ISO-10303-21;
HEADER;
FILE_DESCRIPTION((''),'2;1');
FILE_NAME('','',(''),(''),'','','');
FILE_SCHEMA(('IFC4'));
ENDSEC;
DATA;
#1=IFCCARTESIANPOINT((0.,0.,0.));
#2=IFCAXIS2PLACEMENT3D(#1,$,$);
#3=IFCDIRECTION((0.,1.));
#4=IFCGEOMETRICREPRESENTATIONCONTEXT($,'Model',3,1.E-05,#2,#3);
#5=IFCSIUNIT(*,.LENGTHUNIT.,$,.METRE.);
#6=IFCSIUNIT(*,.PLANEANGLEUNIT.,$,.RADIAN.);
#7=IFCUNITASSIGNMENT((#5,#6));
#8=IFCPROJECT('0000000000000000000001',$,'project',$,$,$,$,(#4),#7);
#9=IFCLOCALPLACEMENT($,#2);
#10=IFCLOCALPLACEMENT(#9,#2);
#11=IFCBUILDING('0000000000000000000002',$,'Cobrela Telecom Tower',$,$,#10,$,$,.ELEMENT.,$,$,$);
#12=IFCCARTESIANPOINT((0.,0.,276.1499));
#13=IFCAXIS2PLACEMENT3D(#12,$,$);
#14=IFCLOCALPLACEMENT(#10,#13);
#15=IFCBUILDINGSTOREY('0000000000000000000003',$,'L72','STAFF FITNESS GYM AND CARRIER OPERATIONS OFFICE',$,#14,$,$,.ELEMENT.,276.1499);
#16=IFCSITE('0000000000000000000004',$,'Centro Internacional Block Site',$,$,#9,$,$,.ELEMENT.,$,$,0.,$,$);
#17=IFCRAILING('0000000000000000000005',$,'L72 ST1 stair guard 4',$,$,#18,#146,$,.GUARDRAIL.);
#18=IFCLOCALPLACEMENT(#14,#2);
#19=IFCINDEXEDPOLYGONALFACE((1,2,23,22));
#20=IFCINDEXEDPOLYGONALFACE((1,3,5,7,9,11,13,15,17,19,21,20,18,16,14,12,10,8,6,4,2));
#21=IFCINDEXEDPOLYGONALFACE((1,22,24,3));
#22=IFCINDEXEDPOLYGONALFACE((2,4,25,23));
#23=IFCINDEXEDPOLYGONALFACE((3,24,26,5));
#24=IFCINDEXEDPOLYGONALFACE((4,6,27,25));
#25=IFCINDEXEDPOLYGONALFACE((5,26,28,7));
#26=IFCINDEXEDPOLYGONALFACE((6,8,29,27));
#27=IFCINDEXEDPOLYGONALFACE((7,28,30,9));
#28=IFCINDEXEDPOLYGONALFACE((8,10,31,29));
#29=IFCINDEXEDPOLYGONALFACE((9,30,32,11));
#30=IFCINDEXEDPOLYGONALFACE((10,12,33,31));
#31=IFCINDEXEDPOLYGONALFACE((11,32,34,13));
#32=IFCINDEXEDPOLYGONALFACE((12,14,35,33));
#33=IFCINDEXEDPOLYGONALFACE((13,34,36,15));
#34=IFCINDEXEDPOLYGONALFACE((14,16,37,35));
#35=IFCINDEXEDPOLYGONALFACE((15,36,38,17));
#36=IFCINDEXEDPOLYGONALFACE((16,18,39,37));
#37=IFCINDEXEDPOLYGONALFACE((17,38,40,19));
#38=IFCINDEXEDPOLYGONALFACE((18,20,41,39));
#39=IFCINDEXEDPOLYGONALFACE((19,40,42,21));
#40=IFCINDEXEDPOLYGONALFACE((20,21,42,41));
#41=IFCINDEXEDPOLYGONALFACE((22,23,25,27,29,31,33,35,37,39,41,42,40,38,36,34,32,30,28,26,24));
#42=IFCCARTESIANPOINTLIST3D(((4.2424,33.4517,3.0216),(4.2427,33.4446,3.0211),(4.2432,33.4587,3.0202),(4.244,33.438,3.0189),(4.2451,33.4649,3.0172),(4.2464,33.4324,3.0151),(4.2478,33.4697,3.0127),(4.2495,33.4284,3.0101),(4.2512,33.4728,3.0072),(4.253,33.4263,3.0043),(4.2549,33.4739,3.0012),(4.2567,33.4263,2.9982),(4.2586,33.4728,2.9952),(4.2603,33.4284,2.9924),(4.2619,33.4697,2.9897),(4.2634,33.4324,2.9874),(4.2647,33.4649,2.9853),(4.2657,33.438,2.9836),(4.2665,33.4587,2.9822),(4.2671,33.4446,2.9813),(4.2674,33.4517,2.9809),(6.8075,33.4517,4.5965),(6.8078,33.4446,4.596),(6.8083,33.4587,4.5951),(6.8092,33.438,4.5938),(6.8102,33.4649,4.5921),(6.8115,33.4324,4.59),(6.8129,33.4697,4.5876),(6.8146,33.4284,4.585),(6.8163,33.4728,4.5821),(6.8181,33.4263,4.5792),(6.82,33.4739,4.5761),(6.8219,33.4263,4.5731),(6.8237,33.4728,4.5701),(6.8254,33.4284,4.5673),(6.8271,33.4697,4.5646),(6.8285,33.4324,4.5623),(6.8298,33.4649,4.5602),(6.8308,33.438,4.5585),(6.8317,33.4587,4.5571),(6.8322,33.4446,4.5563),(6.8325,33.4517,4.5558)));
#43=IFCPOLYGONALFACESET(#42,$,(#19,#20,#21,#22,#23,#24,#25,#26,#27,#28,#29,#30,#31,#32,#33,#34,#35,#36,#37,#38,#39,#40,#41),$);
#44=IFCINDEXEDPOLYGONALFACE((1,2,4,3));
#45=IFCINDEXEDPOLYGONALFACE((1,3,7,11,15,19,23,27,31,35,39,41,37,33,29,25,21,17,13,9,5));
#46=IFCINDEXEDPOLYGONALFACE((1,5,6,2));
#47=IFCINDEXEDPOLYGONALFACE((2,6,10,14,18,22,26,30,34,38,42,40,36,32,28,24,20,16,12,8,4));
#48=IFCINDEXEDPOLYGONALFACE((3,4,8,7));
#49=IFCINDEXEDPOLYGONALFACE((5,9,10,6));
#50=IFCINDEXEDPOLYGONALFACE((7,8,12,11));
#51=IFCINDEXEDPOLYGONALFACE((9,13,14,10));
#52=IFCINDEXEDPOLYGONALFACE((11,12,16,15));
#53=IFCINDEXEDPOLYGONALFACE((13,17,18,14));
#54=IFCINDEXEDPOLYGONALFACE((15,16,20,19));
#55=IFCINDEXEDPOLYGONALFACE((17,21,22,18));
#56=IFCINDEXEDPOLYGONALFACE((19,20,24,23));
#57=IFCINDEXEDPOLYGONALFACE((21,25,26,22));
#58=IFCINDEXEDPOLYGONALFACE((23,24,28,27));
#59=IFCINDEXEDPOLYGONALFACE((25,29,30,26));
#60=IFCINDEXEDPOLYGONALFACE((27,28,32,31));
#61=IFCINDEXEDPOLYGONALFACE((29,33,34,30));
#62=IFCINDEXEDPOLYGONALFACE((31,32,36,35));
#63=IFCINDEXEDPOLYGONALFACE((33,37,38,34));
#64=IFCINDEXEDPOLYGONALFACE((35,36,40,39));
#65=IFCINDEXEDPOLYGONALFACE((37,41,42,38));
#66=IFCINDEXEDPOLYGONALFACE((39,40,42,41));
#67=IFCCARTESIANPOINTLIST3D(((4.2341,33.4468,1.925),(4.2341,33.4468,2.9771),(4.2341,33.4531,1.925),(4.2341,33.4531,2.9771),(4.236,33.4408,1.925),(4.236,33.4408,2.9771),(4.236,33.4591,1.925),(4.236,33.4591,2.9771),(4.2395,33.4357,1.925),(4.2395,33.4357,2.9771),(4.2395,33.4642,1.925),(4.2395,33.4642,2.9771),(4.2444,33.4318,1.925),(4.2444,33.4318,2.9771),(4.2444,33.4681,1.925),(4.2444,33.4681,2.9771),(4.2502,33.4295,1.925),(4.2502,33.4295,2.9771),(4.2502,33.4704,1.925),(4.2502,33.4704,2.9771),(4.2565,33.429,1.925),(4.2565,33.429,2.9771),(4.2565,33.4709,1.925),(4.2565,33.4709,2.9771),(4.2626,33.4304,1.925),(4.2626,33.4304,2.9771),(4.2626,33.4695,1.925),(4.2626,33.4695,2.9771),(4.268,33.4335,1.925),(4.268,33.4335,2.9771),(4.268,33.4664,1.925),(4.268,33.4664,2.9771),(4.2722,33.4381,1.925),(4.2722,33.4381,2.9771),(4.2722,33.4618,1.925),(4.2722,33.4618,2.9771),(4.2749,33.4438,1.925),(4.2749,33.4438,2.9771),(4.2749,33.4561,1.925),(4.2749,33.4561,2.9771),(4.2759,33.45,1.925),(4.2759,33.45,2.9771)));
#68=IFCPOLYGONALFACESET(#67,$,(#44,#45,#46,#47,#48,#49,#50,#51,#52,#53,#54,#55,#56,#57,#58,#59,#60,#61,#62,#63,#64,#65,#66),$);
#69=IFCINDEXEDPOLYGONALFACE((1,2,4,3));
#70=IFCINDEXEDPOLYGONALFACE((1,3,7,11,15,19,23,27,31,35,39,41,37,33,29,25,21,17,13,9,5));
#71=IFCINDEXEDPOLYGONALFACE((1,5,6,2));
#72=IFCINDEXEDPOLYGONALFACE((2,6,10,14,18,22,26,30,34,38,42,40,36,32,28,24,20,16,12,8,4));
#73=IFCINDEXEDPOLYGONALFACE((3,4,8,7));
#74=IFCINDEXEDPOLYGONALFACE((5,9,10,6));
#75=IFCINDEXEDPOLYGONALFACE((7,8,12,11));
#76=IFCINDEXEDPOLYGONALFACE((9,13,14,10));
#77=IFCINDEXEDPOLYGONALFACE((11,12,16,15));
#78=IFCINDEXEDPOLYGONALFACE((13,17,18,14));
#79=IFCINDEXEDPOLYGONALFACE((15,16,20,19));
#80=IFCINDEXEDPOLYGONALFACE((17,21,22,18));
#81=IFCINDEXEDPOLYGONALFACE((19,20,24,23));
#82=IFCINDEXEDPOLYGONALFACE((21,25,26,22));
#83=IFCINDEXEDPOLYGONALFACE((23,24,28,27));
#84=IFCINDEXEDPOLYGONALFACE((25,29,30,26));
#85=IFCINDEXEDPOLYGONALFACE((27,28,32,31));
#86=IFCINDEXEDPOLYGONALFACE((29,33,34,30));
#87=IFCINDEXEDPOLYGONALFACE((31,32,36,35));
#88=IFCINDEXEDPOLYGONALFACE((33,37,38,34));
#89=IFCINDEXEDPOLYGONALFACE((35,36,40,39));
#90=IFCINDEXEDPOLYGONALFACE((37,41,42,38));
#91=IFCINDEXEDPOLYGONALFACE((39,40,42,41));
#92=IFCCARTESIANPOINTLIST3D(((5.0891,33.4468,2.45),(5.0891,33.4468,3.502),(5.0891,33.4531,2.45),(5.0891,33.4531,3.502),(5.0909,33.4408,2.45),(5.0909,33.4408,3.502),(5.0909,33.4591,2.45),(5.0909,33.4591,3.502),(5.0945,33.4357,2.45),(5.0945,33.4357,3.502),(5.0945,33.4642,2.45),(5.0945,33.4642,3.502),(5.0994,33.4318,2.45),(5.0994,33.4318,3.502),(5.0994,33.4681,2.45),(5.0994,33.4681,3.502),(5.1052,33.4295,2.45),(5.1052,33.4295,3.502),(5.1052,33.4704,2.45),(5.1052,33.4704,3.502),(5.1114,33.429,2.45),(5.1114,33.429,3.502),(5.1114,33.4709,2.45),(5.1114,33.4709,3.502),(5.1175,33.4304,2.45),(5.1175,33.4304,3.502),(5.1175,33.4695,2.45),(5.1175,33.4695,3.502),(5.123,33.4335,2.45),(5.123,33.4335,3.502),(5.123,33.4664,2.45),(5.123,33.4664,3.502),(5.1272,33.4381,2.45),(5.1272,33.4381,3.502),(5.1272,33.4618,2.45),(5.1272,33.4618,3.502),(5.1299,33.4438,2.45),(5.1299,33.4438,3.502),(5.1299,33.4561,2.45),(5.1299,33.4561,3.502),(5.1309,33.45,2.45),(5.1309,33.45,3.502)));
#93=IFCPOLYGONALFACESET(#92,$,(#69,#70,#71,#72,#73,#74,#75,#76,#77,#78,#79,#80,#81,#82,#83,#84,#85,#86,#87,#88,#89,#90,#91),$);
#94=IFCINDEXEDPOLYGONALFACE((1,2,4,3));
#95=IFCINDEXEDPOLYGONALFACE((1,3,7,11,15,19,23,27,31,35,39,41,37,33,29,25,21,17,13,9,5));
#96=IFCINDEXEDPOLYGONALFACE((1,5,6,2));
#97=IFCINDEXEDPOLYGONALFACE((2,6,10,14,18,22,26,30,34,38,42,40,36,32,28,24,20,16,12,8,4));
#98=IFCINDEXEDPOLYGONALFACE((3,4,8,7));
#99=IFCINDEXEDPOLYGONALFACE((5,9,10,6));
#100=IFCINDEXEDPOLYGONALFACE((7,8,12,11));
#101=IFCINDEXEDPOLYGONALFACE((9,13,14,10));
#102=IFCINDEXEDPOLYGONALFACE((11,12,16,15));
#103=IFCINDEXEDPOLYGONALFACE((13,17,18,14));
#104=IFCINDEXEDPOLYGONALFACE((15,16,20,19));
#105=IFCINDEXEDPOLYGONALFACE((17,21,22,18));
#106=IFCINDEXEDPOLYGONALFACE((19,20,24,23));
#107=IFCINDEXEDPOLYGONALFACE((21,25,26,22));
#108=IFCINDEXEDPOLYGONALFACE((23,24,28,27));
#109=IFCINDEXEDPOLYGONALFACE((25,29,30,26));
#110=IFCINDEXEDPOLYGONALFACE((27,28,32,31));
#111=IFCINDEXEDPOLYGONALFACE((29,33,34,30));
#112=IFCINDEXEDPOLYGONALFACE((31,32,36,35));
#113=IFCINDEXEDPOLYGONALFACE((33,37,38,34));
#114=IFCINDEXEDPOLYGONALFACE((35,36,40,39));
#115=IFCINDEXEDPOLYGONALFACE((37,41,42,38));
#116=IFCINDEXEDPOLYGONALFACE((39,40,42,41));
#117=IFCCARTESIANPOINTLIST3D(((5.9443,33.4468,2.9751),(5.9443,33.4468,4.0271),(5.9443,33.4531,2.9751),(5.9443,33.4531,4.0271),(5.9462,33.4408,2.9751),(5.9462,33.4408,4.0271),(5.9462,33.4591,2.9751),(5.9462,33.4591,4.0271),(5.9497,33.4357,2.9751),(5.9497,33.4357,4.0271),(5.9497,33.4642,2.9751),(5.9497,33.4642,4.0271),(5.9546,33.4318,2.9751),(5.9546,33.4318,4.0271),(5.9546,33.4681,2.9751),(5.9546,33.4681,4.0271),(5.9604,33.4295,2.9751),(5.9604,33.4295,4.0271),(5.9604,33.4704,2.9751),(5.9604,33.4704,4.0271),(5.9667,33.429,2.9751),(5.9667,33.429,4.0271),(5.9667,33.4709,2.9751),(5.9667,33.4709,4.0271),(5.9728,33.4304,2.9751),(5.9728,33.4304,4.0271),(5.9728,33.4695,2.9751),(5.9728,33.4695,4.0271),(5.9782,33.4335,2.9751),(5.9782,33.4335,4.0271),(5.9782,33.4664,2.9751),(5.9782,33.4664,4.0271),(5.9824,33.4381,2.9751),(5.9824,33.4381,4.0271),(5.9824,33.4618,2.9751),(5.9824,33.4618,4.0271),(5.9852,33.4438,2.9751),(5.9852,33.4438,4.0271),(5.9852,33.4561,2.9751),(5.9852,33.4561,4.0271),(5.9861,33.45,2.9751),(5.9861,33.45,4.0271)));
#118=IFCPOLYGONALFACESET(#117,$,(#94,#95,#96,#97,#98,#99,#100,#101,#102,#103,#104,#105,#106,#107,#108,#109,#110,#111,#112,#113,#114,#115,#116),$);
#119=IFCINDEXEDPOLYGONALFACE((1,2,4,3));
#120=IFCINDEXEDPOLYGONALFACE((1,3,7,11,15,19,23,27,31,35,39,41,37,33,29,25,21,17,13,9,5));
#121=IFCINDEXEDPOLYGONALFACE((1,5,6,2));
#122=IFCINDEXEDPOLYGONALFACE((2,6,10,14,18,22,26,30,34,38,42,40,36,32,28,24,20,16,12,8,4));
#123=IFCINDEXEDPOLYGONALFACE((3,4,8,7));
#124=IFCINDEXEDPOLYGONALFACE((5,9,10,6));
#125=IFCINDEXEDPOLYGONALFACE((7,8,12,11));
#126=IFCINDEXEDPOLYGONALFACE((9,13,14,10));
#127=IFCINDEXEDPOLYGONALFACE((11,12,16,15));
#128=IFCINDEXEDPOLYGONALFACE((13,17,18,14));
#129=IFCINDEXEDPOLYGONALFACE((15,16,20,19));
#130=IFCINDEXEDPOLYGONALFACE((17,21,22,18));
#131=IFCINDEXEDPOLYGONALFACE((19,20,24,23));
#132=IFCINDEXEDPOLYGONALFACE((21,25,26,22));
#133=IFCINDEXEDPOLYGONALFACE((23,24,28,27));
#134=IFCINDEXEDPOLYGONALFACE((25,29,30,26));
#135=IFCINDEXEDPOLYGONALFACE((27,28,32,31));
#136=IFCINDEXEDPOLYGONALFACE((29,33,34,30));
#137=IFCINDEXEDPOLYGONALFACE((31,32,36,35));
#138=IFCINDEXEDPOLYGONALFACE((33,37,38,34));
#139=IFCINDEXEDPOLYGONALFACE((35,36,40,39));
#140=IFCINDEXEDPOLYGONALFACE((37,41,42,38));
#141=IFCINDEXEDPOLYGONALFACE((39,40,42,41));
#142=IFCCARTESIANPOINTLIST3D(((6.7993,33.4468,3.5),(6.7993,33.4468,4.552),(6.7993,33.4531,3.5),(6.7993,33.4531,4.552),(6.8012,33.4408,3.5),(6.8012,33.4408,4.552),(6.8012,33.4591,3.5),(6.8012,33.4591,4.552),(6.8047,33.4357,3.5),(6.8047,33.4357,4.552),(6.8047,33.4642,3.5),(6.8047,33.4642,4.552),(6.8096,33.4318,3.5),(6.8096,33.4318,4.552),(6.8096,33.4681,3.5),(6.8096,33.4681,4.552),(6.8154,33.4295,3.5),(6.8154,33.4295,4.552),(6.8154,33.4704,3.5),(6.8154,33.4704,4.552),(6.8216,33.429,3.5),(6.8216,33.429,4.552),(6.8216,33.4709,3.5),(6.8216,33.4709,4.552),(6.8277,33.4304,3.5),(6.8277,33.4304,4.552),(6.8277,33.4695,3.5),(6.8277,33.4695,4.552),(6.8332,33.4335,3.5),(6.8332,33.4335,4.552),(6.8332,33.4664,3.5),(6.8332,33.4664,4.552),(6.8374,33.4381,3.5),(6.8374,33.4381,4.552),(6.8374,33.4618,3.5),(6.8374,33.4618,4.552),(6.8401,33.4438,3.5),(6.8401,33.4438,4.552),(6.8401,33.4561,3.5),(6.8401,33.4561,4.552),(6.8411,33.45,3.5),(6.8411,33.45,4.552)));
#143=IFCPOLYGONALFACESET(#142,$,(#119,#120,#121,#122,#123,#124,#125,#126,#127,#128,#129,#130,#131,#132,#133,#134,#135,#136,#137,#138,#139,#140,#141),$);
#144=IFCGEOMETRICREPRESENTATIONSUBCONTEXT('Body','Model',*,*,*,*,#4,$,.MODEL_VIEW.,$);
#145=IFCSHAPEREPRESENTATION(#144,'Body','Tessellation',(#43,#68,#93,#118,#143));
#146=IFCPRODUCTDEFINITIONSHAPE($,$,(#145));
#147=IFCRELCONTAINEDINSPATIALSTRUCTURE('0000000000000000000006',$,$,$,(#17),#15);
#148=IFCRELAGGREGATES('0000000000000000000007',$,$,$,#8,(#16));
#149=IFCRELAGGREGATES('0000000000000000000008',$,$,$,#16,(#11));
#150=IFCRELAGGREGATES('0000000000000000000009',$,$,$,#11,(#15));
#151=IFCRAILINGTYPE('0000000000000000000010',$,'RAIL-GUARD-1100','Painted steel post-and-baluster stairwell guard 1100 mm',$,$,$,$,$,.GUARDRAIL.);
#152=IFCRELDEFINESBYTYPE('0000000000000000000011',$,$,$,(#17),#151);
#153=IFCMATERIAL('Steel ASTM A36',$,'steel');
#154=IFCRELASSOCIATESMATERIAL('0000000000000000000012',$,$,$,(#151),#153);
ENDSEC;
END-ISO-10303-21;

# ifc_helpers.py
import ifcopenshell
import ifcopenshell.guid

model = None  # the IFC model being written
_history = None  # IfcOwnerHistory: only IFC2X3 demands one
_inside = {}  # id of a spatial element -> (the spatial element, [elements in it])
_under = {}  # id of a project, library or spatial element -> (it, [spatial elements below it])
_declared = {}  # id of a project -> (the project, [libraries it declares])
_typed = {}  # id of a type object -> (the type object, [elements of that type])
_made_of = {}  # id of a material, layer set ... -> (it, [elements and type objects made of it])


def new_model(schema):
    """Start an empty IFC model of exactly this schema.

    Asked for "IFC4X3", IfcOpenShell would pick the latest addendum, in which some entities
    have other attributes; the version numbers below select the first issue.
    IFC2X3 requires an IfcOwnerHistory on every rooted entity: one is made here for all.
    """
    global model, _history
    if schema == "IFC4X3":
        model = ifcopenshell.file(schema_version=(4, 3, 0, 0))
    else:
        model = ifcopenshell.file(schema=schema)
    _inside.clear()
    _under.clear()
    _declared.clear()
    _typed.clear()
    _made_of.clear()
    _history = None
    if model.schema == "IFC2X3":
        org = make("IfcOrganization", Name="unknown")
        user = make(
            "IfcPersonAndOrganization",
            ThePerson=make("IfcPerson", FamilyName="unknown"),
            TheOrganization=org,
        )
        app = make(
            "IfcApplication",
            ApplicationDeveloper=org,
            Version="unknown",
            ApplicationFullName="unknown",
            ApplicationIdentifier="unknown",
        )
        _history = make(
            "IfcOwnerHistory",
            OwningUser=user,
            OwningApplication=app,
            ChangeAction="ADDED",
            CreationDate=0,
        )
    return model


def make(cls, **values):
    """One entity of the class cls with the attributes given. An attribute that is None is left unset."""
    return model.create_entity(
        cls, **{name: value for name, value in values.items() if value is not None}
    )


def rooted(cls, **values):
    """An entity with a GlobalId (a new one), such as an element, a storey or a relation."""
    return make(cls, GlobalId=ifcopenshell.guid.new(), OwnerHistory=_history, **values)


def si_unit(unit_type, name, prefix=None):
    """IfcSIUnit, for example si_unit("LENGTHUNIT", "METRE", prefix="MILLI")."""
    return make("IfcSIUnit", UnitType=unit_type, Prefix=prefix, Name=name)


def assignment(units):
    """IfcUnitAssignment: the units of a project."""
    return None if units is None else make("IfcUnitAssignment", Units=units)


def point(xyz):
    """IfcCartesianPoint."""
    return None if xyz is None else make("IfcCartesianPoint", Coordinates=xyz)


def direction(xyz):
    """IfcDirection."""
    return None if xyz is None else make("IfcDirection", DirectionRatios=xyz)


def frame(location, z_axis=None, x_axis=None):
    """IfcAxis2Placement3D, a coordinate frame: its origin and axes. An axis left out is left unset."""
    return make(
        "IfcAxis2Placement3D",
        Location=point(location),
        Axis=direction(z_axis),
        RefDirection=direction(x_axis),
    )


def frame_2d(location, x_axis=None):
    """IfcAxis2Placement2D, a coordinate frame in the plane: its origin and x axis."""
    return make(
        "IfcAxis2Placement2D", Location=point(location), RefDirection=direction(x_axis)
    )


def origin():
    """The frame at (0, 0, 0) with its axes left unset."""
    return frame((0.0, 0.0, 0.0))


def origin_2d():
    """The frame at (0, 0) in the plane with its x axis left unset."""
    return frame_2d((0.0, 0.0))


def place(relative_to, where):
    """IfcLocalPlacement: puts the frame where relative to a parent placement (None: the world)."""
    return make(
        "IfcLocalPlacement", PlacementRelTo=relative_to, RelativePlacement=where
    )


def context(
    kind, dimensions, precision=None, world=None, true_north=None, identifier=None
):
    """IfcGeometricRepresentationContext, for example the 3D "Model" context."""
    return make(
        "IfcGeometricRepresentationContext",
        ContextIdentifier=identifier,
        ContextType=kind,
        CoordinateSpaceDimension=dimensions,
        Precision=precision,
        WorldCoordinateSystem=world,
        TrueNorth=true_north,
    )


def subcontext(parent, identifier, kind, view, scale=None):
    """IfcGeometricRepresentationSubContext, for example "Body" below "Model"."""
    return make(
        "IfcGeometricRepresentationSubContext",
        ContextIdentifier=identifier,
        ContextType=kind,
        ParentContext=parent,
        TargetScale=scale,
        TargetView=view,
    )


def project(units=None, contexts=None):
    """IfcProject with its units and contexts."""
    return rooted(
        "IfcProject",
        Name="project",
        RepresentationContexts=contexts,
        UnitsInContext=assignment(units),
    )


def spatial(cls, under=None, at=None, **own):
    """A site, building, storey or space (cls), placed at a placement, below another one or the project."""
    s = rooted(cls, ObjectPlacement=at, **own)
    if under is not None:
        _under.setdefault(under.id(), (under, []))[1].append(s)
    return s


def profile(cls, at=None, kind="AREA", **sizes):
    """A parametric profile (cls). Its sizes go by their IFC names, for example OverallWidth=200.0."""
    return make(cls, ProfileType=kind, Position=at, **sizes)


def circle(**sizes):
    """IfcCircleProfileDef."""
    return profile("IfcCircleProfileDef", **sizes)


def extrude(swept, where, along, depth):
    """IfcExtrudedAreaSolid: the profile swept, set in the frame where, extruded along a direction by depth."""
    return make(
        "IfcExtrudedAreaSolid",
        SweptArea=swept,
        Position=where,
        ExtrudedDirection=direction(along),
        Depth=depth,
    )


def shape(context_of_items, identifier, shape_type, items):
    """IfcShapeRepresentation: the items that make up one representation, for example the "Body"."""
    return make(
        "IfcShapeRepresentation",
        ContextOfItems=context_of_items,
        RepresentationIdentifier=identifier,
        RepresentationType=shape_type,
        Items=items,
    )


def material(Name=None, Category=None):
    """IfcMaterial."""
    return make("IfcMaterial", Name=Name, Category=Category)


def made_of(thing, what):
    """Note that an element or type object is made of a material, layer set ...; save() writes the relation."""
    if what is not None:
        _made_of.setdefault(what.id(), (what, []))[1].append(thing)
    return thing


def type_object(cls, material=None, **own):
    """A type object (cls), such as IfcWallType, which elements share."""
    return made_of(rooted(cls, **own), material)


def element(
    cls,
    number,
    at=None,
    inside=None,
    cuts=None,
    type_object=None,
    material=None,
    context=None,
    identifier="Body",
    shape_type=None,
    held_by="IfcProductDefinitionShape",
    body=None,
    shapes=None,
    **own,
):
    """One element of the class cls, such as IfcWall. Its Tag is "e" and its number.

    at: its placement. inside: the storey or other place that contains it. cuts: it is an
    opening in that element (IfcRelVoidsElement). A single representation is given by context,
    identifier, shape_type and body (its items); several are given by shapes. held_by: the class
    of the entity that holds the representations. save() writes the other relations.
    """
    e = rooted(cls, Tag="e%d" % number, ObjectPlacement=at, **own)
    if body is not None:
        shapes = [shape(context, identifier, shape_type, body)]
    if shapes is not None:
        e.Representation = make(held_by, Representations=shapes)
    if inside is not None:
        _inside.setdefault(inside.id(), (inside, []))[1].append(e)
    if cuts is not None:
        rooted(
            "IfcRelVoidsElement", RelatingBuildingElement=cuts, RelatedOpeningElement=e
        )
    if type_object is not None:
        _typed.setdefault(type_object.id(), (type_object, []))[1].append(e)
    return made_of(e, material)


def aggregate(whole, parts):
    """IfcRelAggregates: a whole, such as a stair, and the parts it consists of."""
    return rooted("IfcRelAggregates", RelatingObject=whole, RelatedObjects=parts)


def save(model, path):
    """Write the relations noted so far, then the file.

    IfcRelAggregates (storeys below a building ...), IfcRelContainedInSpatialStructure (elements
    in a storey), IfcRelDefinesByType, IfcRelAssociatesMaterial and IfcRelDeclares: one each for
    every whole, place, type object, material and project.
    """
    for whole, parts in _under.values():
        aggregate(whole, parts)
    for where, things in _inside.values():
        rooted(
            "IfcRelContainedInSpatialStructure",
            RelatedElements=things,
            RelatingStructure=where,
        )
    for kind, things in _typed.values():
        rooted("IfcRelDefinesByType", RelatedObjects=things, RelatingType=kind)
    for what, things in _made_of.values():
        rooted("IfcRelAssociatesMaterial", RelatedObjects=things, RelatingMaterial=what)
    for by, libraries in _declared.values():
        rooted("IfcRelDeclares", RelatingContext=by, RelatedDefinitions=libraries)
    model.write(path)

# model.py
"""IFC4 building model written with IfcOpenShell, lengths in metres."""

from ifc_helpers import new_model, si_unit, direction, frame, origin, origin_2d, place, context, subcontext, project, spatial, circle, extrude, material, type_object, element, save


model = new_model("IFC4")

# Units and contexts
model_context = context("Model", 3, precision=1e-05, world=origin(), true_north=direction((0.0, 1.0)))
body_context = subcontext(model_context, "Body", "Model", "MODEL_VIEW")
ifc_project = project(units=[si_unit("LENGTHUNIT", "METRE"), si_unit("PLANEANGLEUNIT", "RADIAN")], contexts=[model_context])

# Site, building, storey
site_placement = place(None, origin())
site = spatial("IfcSite", under=ifc_project, at=site_placement, Name="Centro Internacional Block Site", CompositionType="ELEMENT", RefElevation=0.0)
building_placement = place(site_placement, origin())
building = spatial("IfcBuilding", under=site, at=building_placement, Name="Cobrela Telecom Tower", CompositionType="ELEMENT")
storey_placement = place(building_placement, frame((0.0, 0.0, 276.1499)))
storey = spatial("IfcBuildingStorey", under=building, at=storey_placement, Name="L72", Description="STAFF FITNESS GYM AND CARRIER OPERATIONS OFFICE", CompositionType="ELEMENT", Elevation=276.1499)

# Shared definitions
ifc_material_1 = material(Name="Steel ASTM A36", Category="steel")

# Railing
railing_type_1 = type_object("IfcRailingType", Name="RAIL-GUARD-1100", Description="Painted steel post-and-baluster stairwell guard 1100 mm", PredefinedType="GUARDRAIL", material=ifc_material_1)
railing_1_placement = place(storey_placement, frame((4.2549, 33.45, 1.925)))
element("IfcRailing", 1, at=railing_1_placement, inside=storey, type_object=railing_type_1, Name="L72 ST1 stair guard 4", PredefinedType="GUARDRAIL", context=body_context, shape_type="SweptSolid", body=[
    extrude(circle(Radius=0.0239, at=origin_2d()), frame((0.0, 0.0, 1.0762), z_axis=(0.852195, 0.0, 0.523224), x_axis=(0.0, 1.0, 0.0)), (0.0, 0.0, 1.0), 3.01),
    extrude(circle(Radius=0.021, at=origin_2d()), origin(), (0.0, 0.0, 1.0), 1.052),
    extrude(circle(Radius=0.021, at=origin_2d()), frame((0.855, 0.0, 0.5249)), (0.0, 0.0, 1.0), 1.052),
    extrude(circle(Radius=0.021, at=origin_2d()), frame((1.7102, 0.0, 1.05)), (0.0, 0.0, 1.0), 1.052),
    extrude(circle(Radius=0.021, at=origin_2d()), frame((2.5652, 0.0, 1.575)), (0.0, 0.0, 1.0), 1.052),
])

save(model, "model.ifc")
